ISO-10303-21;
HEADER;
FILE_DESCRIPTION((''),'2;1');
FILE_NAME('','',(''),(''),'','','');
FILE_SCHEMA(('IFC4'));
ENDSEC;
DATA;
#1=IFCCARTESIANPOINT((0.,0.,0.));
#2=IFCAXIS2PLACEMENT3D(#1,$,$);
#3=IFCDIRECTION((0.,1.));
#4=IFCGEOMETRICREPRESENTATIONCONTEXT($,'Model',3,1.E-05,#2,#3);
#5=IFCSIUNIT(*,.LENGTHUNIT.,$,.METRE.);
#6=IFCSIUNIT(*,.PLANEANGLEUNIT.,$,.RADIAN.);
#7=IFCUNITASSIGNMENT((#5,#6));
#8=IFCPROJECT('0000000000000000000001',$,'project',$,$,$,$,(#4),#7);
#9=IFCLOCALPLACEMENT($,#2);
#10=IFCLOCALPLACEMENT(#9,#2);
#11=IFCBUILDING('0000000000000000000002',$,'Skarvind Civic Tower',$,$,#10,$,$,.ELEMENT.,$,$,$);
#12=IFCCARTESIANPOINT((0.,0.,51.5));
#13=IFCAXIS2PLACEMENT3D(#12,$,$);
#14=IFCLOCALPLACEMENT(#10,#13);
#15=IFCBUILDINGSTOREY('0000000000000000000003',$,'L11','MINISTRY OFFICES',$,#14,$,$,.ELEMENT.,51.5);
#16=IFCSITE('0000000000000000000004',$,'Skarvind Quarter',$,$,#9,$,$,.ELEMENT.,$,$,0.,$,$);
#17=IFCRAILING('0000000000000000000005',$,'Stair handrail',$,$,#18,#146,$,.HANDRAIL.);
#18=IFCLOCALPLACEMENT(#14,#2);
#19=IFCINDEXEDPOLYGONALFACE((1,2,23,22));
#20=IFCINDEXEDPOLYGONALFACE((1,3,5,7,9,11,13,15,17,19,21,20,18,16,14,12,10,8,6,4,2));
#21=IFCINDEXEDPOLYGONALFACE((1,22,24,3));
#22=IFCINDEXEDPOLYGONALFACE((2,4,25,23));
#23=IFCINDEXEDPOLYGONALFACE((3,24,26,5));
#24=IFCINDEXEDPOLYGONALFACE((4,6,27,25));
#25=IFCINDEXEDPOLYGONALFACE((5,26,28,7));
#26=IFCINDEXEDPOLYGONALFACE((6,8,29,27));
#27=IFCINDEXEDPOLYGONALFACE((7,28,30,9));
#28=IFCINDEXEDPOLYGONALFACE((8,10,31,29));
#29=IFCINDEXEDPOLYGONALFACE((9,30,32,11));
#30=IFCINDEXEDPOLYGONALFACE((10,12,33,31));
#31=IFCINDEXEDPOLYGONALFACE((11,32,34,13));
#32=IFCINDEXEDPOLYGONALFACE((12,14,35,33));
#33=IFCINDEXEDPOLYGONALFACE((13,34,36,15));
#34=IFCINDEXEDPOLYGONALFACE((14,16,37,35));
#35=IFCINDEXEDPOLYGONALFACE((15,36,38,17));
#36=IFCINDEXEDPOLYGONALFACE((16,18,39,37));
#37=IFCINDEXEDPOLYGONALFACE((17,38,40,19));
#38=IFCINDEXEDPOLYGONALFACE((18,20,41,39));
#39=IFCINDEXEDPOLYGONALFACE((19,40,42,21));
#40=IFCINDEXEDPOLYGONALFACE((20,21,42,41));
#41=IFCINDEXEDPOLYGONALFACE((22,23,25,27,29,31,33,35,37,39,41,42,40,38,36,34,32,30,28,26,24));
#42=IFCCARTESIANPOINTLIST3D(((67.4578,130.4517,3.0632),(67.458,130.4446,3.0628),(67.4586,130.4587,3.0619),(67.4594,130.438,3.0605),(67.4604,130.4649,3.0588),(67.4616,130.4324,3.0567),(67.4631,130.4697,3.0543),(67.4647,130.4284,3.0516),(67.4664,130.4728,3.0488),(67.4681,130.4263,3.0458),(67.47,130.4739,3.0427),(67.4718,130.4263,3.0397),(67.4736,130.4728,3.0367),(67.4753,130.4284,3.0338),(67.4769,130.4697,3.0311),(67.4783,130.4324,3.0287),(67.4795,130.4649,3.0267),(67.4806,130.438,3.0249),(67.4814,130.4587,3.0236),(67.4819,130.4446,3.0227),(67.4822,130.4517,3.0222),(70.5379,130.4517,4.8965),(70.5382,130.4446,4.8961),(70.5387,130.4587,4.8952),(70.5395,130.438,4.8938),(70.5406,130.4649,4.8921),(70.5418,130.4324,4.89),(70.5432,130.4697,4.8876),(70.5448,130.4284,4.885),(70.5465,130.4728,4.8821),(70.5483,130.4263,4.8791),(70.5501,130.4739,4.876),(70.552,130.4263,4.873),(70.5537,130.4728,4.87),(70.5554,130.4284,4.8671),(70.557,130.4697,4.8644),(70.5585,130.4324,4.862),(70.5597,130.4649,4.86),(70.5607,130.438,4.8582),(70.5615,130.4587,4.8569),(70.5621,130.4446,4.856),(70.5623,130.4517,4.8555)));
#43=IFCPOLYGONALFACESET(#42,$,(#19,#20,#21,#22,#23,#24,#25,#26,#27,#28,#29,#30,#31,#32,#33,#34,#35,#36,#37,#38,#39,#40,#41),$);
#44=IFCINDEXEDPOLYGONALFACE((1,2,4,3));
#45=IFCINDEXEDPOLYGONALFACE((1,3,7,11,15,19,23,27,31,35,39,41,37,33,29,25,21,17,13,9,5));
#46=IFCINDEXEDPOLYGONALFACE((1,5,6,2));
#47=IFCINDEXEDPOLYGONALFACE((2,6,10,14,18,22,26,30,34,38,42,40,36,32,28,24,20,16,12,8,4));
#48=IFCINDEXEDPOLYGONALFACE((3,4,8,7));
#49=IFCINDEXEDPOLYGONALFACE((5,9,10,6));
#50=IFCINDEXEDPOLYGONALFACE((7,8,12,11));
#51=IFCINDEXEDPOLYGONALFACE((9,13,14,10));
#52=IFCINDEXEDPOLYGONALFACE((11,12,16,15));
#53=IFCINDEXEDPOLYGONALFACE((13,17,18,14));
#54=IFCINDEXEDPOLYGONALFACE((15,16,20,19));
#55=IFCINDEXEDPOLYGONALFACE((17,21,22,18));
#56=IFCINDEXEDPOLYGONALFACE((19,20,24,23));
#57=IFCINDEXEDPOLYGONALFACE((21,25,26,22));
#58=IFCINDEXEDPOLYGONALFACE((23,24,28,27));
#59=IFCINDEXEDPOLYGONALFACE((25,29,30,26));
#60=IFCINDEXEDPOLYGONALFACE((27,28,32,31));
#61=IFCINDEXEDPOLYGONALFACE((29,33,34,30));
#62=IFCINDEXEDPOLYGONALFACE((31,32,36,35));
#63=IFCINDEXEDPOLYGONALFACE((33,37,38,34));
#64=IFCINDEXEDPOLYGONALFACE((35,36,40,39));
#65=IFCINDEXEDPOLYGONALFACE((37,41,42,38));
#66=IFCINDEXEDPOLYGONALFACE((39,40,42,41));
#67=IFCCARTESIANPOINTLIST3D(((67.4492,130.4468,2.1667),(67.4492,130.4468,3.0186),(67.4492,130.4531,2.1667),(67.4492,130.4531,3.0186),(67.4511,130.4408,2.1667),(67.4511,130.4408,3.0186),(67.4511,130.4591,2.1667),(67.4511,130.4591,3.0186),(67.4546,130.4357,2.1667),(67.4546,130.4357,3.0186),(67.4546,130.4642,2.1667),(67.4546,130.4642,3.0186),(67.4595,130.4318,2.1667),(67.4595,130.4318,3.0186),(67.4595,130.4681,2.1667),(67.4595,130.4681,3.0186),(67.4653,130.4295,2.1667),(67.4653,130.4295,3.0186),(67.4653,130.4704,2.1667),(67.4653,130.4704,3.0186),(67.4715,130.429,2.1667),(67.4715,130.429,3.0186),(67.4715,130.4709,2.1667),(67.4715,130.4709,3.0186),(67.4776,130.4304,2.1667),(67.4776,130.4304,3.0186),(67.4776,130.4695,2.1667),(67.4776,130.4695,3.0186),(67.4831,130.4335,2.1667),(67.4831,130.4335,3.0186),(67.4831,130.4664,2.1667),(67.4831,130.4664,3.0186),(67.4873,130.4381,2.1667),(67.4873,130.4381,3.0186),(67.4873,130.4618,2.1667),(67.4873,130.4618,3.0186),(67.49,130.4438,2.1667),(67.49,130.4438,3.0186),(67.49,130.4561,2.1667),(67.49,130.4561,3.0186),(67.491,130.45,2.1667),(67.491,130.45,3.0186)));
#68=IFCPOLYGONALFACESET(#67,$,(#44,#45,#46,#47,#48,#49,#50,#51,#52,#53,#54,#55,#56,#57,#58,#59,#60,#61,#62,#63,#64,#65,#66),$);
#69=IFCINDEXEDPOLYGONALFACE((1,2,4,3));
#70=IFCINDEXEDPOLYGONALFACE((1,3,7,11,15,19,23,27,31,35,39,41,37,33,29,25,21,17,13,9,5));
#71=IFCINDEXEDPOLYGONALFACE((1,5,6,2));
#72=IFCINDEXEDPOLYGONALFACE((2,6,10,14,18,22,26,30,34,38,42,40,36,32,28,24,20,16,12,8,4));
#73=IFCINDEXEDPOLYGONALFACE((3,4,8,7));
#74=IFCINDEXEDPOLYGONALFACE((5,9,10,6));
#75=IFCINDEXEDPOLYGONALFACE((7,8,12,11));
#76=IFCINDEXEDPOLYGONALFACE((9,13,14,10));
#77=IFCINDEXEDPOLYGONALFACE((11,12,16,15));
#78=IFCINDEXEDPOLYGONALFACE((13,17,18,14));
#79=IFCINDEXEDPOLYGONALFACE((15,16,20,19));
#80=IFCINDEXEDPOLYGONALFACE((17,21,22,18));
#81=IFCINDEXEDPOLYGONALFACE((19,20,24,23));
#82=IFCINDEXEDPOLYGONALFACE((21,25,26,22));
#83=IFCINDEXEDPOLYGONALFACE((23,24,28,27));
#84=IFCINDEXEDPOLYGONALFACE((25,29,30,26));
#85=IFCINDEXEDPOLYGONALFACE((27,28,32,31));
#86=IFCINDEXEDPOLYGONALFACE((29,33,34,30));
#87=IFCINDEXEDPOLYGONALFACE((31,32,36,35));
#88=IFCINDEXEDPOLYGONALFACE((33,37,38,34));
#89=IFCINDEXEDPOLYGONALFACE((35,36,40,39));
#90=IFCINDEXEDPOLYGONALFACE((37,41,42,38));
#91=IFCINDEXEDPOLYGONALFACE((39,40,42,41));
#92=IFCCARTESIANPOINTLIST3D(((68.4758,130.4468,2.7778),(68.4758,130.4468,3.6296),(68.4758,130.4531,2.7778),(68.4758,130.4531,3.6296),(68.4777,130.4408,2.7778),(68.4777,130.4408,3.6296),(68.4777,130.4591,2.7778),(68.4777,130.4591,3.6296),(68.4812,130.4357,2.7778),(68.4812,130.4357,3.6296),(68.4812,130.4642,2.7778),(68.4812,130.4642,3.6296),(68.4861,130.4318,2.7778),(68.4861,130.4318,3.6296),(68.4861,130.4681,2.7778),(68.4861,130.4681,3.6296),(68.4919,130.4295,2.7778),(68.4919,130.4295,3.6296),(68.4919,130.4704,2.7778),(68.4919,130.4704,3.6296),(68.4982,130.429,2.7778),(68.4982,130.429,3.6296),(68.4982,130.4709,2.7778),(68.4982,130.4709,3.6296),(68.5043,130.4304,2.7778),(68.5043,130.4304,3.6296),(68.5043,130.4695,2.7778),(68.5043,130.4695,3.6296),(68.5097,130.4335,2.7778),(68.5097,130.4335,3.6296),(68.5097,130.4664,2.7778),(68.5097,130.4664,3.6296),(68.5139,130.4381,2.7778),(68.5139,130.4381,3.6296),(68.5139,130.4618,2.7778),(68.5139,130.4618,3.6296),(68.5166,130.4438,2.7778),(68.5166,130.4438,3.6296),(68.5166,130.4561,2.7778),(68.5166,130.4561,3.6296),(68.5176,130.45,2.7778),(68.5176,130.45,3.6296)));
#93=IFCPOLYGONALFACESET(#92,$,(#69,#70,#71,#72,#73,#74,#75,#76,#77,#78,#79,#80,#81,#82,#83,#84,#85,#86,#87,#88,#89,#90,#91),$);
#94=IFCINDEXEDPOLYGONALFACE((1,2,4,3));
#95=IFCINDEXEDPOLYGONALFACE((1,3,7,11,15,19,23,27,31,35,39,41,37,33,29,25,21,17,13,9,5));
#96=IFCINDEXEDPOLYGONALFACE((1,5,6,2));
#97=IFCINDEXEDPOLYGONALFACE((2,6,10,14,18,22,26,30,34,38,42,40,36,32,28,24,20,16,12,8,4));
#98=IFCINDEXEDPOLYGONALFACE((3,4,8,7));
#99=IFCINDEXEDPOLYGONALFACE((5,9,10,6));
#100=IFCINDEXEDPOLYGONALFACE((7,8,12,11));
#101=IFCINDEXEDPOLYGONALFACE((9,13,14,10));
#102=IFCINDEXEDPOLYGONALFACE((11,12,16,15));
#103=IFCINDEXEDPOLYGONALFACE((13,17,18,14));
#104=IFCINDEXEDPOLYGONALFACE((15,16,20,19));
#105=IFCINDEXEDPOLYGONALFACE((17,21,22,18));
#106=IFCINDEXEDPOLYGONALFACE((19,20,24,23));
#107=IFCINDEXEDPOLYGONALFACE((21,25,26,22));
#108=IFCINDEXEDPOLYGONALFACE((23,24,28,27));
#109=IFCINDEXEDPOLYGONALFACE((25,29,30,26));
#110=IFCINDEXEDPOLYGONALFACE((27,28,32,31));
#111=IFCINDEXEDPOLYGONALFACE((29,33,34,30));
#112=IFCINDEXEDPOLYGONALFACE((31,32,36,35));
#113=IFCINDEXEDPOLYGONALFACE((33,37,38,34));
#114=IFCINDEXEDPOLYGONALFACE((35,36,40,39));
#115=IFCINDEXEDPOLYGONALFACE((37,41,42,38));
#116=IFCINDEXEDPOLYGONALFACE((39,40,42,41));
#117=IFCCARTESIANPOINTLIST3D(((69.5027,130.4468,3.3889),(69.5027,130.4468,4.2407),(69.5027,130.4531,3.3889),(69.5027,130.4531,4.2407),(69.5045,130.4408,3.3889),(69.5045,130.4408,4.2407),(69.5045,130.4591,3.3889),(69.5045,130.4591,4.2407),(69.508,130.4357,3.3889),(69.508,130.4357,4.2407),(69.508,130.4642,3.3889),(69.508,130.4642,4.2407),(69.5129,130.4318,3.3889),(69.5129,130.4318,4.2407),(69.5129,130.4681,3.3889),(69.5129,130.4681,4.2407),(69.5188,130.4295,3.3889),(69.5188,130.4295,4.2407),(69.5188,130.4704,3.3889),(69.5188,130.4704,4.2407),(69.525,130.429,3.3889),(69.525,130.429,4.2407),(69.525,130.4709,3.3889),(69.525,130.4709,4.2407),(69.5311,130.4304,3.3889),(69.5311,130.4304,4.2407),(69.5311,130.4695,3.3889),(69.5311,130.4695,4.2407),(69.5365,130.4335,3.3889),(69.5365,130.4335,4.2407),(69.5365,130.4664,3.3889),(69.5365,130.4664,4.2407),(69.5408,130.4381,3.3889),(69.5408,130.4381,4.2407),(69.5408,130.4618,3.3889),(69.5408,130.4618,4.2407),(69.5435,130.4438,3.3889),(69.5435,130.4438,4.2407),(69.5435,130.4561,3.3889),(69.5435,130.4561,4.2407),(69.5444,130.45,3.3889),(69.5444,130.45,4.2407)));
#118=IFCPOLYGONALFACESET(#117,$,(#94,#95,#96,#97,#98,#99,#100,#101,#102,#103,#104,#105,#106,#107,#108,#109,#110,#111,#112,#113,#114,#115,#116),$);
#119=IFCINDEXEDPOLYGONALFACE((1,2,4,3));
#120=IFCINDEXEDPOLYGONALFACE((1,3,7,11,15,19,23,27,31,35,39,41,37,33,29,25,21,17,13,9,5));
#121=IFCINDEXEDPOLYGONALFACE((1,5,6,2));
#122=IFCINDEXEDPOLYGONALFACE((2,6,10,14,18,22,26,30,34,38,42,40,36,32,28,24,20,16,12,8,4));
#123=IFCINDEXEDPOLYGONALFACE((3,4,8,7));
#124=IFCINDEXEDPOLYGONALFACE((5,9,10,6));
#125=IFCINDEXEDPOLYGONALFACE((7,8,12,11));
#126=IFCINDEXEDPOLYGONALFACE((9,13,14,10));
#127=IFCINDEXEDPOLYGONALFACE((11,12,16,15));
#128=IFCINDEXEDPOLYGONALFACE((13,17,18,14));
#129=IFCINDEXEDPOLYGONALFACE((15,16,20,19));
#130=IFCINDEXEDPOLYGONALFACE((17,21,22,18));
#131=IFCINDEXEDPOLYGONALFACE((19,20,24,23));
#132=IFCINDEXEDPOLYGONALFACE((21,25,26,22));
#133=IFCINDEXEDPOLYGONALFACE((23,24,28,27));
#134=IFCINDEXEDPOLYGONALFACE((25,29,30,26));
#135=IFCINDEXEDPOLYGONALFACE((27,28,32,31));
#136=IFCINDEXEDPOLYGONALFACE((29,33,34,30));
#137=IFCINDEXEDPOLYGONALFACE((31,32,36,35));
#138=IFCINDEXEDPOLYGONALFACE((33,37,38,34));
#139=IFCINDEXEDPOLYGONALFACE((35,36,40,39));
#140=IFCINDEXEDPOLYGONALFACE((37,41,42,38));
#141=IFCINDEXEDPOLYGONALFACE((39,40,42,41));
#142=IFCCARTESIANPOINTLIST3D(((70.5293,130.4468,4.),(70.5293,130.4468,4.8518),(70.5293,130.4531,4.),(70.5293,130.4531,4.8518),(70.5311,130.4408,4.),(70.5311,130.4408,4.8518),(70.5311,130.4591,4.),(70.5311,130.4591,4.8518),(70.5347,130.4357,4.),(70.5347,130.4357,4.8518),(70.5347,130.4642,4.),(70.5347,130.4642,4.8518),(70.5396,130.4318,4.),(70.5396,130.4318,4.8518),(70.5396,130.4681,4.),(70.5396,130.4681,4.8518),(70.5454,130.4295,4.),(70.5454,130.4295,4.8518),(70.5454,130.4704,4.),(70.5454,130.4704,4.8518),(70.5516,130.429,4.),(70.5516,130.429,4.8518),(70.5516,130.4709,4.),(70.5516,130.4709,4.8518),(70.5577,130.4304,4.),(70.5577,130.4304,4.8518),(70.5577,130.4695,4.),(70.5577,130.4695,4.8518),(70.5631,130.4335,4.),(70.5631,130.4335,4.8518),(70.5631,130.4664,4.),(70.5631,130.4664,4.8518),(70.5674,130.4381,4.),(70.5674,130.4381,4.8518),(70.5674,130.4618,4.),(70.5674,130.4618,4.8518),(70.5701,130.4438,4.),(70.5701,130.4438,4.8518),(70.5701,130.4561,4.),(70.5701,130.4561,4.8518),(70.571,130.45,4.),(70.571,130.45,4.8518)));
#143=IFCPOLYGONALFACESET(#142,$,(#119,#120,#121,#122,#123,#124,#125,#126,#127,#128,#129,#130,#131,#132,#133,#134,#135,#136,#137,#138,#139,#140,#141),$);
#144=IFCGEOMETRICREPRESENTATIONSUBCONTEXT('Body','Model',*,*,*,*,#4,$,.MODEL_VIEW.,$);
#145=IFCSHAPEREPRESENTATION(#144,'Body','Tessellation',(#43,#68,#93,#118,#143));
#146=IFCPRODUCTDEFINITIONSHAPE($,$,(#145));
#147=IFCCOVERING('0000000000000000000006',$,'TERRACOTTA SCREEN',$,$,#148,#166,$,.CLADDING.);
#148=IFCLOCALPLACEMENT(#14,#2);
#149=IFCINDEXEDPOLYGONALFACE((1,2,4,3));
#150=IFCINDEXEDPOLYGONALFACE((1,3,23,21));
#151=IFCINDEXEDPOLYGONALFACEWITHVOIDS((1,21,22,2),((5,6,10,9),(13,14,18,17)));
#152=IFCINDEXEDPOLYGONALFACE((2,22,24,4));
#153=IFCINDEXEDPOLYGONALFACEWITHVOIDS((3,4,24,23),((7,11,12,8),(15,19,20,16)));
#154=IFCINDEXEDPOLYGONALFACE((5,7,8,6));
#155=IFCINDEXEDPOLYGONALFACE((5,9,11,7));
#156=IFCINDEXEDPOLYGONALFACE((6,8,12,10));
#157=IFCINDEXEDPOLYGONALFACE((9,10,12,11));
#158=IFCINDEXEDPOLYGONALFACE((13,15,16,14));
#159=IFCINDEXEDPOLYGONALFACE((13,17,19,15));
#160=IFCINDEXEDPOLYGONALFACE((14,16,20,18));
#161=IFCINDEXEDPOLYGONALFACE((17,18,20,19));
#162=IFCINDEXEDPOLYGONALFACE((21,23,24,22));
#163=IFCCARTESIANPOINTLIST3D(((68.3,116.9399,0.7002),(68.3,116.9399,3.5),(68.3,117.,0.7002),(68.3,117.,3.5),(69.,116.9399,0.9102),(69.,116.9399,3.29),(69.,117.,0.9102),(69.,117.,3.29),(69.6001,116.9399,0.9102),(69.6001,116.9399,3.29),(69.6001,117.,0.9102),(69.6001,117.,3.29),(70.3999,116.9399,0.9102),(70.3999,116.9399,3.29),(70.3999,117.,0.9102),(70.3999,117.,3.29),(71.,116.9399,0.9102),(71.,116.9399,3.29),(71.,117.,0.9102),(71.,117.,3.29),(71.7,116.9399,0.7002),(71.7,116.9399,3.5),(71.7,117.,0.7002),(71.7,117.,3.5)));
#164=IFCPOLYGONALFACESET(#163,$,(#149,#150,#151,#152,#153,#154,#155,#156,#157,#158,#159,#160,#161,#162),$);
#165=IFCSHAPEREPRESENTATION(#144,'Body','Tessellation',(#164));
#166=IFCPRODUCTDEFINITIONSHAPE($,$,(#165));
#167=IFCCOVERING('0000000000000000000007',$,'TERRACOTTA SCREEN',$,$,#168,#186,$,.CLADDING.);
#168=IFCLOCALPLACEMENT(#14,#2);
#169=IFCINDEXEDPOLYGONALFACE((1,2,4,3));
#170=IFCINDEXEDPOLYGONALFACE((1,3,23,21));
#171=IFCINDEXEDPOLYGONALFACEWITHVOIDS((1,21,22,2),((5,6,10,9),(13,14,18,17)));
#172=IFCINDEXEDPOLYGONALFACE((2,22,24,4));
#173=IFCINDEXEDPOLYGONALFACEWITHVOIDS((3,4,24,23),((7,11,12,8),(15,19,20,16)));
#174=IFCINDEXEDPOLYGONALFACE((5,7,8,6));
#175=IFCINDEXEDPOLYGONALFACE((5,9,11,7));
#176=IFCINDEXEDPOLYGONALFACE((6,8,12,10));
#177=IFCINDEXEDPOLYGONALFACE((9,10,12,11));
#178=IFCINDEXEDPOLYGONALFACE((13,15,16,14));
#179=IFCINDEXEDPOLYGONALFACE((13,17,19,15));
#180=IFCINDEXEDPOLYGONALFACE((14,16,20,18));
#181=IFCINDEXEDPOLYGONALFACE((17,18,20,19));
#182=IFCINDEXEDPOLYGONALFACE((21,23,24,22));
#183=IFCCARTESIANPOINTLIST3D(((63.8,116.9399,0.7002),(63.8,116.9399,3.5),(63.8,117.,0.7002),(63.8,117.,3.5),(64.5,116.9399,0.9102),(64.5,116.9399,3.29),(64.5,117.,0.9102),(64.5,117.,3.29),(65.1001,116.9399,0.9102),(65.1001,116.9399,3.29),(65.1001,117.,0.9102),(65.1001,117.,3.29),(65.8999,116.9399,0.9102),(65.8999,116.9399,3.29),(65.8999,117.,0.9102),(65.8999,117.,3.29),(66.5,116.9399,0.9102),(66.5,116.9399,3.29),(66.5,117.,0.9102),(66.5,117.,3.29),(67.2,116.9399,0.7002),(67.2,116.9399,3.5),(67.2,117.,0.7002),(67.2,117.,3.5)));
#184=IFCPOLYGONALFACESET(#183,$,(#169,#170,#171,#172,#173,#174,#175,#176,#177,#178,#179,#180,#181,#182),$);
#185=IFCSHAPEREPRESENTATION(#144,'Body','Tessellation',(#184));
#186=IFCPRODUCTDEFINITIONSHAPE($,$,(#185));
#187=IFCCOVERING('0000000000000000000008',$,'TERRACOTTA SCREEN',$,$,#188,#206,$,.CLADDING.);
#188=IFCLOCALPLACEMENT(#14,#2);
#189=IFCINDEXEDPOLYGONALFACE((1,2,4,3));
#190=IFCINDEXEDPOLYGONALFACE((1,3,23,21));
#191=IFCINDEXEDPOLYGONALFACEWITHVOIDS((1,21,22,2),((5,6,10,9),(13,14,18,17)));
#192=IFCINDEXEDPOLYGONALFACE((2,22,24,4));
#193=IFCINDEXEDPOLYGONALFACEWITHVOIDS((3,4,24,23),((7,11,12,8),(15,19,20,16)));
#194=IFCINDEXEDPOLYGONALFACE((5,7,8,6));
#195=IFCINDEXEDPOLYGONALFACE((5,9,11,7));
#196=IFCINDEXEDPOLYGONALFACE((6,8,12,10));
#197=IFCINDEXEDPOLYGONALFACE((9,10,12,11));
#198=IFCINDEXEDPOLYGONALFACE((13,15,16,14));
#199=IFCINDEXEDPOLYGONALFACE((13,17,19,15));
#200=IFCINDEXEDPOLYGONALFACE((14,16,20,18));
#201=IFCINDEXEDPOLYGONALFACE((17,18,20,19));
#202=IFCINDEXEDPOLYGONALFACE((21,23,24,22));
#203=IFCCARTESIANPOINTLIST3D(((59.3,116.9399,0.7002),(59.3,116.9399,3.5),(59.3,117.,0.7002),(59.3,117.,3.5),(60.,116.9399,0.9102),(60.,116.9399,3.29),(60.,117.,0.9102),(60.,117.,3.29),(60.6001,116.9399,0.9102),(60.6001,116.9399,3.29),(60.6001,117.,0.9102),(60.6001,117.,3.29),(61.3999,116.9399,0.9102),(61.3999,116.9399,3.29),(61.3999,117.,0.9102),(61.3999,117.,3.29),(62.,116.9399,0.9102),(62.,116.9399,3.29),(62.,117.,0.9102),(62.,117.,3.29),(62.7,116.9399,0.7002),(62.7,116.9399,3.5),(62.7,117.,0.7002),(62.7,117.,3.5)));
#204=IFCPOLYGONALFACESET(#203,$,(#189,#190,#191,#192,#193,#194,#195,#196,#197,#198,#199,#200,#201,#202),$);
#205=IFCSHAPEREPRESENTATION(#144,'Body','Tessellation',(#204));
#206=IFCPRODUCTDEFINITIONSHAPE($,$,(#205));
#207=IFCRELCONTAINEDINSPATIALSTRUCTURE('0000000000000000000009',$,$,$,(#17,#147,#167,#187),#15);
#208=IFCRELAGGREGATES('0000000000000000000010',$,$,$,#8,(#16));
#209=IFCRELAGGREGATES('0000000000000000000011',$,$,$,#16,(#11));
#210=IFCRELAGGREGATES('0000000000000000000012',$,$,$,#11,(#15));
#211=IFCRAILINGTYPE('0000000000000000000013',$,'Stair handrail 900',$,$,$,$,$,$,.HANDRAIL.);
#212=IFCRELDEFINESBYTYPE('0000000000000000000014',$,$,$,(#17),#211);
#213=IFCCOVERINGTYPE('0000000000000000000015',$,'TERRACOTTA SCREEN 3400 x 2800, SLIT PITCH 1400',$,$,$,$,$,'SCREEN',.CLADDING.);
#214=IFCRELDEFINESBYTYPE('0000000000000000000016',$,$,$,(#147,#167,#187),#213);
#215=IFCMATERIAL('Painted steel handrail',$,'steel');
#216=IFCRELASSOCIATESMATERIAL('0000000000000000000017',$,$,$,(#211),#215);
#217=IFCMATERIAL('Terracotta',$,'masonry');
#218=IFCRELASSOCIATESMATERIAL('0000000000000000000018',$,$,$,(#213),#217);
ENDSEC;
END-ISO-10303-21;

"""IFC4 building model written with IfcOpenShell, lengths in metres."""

from ifc_helpers import new_model, si_unit, direction, frame, origin, origin_2d, place, context, subcontext, project, spatial, polyline, circle, outline, extrude, material, material_profile, profile_set, type_object, element, save


model = new_model("IFC4")

# Units and contexts
model_context = context("Model", 3, precision=1e-05, world=origin(), true_north=direction((0.0, 1.0)))
body_context = subcontext(model_context, "Body", "Model", "MODEL_VIEW")
ifc_project = project(units=[si_unit("LENGTHUNIT", "METRE"), si_unit("PLANEANGLEUNIT", "RADIAN")], contexts=[model_context])

# Site, building, storey
site_placement = place(None, origin())
site = spatial("IfcSite", under=ifc_project, at=site_placement, Name="Skarvind Quarter", CompositionType="ELEMENT", RefElevation=0.0)
building_placement = place(site_placement, origin())
building = spatial("IfcBuilding", under=site, at=building_placement, Name="Skarvind Civic Tower", CompositionType="ELEMENT")
storey_placement = place(building_placement, frame((0.0, 0.0, 51.5)))
storey = spatial("IfcBuildingStorey", under=building, at=storey_placement, Name="L11", Description="MINISTRY OFFICES", CompositionType="ELEMENT", Elevation=51.5)

# Railing
ifc_material_1 = material(Name="Painted steel handrail", Category="steel")
railing_type = type_object("IfcRailingType", Name="Stair handrail 900", PredefinedType="HANDRAIL", material=ifc_material_1)
railing_1_placement = place(storey_placement, frame((67.47, 130.45, 2.1667)))
element("IfcRailing", 1, at=railing_1_placement, inside=storey, type_object=railing_type, Name="Stair handrail", PredefinedType="HANDRAIL", context=body_context, shape_type="SweptSolid", body=[
    extrude(circle(Radius=0.0239, at=origin_2d()), frame((0.0, 0.0, 0.876), z_axis=(0.859309, 0.0, 0.511458), x_axis=(0.0, 1.0, 0.0)), (0.0, 0.0, 1.0), 3.5845),
    extrude(circle(Radius=0.021, at=origin_2d()), origin(), (0.0, 0.0, 1.0), 0.8518),
    extrude(circle(Radius=0.021, at=origin_2d()), frame((1.0266, 0.0, 0.6111)), (0.0, 0.0, 1.0), 0.8518),
    extrude(circle(Radius=0.021, at=origin_2d()), frame((2.0535, 0.0, 1.2222)), (0.0, 0.0, 1.0), 0.8518),
    extrude(circle(Radius=0.021, at=origin_2d()), frame((3.0801, 0.0, 1.8333)), (0.0, 0.0, 1.0), 0.8518),
])

# Coverings
ifc_material_2 = material(Name="Terracotta", Category="masonry")
ifc_material_profile_1 = material_profile(ifc_material_2, outline(polyline([(-1.7, -1.3999), (1.7, -1.3999), (1.7, 1.3999), (-1.7, 1.3999), (-1.7, -1.3999)]), holes=[polyline([(-1.0, -1.1899), (-0.3999, -1.1899), (-0.3999, 1.1899), (-1.0, 1.1899), (-1.0, -1.1899)]), polyline([(0.3999, -1.1899), (1.0, -1.1899), (1.0, 1.1899), (0.3999, 1.1899), (0.3999, -1.1899)])]), Name="TERRACOTTA SCREEN 3400 x 2800, SLIT PITCH 1400")
ifc_profile_set_1 = profile_set([ifc_material_profile_1], Name="Terracotta")
covering_type = type_object("IfcCoveringType", Name="TERRACOTTA SCREEN 3400 x 2800, SLIT PITCH 1400", ElementType="SCREEN", PredefinedType="CLADDING", material=ifc_profile_set_1)
for number, where, z_axis, x_axis, name in (
    (2, (70.0, 117.0, 2.1001), (0.0, -1.0, 0.0), (1.0, 0.0, 0.0), "TERRACOTTA SCREEN"),
    (3, (65.5, 117.0, 2.1001), (0.0, -1.0, 0.0), (1.0, 0.0, 0.0), "TERRACOTTA SCREEN"),
    (4, (61.0, 117.0, 2.1001), (0.0, -1.0, 0.0), (1.0, 0.0, 0.0), "TERRACOTTA SCREEN"),
):
    element("IfcCovering", number, at=place(storey_placement, frame(where, z_axis=z_axis, x_axis=x_axis)), inside=storey, type_object=covering_type, Name=name, PredefinedType="CLADDING", context=body_context, shape_type="SweptSolid", body=[
        extrude(outline(polyline([(-1.7, -1.3999), (1.7, -1.3999), (1.7, 1.3999), (-1.7, 1.3999), (-1.7, -1.3999)]), holes=[polyline([(-1.0, -1.1899), (-0.3999, -1.1899), (-0.3999, 1.1899), (-1.0, 1.1899), (-1.0, -1.1899)]), polyline([(0.3999, -1.1899), (1.0, -1.1899), (1.0, 1.1899), (0.3999, 1.1899), (0.3999, -1.1899)])]), origin(), (0.0, 0.0, 1.0), 0.0601),
    ])

save(model, "model.ifc")
